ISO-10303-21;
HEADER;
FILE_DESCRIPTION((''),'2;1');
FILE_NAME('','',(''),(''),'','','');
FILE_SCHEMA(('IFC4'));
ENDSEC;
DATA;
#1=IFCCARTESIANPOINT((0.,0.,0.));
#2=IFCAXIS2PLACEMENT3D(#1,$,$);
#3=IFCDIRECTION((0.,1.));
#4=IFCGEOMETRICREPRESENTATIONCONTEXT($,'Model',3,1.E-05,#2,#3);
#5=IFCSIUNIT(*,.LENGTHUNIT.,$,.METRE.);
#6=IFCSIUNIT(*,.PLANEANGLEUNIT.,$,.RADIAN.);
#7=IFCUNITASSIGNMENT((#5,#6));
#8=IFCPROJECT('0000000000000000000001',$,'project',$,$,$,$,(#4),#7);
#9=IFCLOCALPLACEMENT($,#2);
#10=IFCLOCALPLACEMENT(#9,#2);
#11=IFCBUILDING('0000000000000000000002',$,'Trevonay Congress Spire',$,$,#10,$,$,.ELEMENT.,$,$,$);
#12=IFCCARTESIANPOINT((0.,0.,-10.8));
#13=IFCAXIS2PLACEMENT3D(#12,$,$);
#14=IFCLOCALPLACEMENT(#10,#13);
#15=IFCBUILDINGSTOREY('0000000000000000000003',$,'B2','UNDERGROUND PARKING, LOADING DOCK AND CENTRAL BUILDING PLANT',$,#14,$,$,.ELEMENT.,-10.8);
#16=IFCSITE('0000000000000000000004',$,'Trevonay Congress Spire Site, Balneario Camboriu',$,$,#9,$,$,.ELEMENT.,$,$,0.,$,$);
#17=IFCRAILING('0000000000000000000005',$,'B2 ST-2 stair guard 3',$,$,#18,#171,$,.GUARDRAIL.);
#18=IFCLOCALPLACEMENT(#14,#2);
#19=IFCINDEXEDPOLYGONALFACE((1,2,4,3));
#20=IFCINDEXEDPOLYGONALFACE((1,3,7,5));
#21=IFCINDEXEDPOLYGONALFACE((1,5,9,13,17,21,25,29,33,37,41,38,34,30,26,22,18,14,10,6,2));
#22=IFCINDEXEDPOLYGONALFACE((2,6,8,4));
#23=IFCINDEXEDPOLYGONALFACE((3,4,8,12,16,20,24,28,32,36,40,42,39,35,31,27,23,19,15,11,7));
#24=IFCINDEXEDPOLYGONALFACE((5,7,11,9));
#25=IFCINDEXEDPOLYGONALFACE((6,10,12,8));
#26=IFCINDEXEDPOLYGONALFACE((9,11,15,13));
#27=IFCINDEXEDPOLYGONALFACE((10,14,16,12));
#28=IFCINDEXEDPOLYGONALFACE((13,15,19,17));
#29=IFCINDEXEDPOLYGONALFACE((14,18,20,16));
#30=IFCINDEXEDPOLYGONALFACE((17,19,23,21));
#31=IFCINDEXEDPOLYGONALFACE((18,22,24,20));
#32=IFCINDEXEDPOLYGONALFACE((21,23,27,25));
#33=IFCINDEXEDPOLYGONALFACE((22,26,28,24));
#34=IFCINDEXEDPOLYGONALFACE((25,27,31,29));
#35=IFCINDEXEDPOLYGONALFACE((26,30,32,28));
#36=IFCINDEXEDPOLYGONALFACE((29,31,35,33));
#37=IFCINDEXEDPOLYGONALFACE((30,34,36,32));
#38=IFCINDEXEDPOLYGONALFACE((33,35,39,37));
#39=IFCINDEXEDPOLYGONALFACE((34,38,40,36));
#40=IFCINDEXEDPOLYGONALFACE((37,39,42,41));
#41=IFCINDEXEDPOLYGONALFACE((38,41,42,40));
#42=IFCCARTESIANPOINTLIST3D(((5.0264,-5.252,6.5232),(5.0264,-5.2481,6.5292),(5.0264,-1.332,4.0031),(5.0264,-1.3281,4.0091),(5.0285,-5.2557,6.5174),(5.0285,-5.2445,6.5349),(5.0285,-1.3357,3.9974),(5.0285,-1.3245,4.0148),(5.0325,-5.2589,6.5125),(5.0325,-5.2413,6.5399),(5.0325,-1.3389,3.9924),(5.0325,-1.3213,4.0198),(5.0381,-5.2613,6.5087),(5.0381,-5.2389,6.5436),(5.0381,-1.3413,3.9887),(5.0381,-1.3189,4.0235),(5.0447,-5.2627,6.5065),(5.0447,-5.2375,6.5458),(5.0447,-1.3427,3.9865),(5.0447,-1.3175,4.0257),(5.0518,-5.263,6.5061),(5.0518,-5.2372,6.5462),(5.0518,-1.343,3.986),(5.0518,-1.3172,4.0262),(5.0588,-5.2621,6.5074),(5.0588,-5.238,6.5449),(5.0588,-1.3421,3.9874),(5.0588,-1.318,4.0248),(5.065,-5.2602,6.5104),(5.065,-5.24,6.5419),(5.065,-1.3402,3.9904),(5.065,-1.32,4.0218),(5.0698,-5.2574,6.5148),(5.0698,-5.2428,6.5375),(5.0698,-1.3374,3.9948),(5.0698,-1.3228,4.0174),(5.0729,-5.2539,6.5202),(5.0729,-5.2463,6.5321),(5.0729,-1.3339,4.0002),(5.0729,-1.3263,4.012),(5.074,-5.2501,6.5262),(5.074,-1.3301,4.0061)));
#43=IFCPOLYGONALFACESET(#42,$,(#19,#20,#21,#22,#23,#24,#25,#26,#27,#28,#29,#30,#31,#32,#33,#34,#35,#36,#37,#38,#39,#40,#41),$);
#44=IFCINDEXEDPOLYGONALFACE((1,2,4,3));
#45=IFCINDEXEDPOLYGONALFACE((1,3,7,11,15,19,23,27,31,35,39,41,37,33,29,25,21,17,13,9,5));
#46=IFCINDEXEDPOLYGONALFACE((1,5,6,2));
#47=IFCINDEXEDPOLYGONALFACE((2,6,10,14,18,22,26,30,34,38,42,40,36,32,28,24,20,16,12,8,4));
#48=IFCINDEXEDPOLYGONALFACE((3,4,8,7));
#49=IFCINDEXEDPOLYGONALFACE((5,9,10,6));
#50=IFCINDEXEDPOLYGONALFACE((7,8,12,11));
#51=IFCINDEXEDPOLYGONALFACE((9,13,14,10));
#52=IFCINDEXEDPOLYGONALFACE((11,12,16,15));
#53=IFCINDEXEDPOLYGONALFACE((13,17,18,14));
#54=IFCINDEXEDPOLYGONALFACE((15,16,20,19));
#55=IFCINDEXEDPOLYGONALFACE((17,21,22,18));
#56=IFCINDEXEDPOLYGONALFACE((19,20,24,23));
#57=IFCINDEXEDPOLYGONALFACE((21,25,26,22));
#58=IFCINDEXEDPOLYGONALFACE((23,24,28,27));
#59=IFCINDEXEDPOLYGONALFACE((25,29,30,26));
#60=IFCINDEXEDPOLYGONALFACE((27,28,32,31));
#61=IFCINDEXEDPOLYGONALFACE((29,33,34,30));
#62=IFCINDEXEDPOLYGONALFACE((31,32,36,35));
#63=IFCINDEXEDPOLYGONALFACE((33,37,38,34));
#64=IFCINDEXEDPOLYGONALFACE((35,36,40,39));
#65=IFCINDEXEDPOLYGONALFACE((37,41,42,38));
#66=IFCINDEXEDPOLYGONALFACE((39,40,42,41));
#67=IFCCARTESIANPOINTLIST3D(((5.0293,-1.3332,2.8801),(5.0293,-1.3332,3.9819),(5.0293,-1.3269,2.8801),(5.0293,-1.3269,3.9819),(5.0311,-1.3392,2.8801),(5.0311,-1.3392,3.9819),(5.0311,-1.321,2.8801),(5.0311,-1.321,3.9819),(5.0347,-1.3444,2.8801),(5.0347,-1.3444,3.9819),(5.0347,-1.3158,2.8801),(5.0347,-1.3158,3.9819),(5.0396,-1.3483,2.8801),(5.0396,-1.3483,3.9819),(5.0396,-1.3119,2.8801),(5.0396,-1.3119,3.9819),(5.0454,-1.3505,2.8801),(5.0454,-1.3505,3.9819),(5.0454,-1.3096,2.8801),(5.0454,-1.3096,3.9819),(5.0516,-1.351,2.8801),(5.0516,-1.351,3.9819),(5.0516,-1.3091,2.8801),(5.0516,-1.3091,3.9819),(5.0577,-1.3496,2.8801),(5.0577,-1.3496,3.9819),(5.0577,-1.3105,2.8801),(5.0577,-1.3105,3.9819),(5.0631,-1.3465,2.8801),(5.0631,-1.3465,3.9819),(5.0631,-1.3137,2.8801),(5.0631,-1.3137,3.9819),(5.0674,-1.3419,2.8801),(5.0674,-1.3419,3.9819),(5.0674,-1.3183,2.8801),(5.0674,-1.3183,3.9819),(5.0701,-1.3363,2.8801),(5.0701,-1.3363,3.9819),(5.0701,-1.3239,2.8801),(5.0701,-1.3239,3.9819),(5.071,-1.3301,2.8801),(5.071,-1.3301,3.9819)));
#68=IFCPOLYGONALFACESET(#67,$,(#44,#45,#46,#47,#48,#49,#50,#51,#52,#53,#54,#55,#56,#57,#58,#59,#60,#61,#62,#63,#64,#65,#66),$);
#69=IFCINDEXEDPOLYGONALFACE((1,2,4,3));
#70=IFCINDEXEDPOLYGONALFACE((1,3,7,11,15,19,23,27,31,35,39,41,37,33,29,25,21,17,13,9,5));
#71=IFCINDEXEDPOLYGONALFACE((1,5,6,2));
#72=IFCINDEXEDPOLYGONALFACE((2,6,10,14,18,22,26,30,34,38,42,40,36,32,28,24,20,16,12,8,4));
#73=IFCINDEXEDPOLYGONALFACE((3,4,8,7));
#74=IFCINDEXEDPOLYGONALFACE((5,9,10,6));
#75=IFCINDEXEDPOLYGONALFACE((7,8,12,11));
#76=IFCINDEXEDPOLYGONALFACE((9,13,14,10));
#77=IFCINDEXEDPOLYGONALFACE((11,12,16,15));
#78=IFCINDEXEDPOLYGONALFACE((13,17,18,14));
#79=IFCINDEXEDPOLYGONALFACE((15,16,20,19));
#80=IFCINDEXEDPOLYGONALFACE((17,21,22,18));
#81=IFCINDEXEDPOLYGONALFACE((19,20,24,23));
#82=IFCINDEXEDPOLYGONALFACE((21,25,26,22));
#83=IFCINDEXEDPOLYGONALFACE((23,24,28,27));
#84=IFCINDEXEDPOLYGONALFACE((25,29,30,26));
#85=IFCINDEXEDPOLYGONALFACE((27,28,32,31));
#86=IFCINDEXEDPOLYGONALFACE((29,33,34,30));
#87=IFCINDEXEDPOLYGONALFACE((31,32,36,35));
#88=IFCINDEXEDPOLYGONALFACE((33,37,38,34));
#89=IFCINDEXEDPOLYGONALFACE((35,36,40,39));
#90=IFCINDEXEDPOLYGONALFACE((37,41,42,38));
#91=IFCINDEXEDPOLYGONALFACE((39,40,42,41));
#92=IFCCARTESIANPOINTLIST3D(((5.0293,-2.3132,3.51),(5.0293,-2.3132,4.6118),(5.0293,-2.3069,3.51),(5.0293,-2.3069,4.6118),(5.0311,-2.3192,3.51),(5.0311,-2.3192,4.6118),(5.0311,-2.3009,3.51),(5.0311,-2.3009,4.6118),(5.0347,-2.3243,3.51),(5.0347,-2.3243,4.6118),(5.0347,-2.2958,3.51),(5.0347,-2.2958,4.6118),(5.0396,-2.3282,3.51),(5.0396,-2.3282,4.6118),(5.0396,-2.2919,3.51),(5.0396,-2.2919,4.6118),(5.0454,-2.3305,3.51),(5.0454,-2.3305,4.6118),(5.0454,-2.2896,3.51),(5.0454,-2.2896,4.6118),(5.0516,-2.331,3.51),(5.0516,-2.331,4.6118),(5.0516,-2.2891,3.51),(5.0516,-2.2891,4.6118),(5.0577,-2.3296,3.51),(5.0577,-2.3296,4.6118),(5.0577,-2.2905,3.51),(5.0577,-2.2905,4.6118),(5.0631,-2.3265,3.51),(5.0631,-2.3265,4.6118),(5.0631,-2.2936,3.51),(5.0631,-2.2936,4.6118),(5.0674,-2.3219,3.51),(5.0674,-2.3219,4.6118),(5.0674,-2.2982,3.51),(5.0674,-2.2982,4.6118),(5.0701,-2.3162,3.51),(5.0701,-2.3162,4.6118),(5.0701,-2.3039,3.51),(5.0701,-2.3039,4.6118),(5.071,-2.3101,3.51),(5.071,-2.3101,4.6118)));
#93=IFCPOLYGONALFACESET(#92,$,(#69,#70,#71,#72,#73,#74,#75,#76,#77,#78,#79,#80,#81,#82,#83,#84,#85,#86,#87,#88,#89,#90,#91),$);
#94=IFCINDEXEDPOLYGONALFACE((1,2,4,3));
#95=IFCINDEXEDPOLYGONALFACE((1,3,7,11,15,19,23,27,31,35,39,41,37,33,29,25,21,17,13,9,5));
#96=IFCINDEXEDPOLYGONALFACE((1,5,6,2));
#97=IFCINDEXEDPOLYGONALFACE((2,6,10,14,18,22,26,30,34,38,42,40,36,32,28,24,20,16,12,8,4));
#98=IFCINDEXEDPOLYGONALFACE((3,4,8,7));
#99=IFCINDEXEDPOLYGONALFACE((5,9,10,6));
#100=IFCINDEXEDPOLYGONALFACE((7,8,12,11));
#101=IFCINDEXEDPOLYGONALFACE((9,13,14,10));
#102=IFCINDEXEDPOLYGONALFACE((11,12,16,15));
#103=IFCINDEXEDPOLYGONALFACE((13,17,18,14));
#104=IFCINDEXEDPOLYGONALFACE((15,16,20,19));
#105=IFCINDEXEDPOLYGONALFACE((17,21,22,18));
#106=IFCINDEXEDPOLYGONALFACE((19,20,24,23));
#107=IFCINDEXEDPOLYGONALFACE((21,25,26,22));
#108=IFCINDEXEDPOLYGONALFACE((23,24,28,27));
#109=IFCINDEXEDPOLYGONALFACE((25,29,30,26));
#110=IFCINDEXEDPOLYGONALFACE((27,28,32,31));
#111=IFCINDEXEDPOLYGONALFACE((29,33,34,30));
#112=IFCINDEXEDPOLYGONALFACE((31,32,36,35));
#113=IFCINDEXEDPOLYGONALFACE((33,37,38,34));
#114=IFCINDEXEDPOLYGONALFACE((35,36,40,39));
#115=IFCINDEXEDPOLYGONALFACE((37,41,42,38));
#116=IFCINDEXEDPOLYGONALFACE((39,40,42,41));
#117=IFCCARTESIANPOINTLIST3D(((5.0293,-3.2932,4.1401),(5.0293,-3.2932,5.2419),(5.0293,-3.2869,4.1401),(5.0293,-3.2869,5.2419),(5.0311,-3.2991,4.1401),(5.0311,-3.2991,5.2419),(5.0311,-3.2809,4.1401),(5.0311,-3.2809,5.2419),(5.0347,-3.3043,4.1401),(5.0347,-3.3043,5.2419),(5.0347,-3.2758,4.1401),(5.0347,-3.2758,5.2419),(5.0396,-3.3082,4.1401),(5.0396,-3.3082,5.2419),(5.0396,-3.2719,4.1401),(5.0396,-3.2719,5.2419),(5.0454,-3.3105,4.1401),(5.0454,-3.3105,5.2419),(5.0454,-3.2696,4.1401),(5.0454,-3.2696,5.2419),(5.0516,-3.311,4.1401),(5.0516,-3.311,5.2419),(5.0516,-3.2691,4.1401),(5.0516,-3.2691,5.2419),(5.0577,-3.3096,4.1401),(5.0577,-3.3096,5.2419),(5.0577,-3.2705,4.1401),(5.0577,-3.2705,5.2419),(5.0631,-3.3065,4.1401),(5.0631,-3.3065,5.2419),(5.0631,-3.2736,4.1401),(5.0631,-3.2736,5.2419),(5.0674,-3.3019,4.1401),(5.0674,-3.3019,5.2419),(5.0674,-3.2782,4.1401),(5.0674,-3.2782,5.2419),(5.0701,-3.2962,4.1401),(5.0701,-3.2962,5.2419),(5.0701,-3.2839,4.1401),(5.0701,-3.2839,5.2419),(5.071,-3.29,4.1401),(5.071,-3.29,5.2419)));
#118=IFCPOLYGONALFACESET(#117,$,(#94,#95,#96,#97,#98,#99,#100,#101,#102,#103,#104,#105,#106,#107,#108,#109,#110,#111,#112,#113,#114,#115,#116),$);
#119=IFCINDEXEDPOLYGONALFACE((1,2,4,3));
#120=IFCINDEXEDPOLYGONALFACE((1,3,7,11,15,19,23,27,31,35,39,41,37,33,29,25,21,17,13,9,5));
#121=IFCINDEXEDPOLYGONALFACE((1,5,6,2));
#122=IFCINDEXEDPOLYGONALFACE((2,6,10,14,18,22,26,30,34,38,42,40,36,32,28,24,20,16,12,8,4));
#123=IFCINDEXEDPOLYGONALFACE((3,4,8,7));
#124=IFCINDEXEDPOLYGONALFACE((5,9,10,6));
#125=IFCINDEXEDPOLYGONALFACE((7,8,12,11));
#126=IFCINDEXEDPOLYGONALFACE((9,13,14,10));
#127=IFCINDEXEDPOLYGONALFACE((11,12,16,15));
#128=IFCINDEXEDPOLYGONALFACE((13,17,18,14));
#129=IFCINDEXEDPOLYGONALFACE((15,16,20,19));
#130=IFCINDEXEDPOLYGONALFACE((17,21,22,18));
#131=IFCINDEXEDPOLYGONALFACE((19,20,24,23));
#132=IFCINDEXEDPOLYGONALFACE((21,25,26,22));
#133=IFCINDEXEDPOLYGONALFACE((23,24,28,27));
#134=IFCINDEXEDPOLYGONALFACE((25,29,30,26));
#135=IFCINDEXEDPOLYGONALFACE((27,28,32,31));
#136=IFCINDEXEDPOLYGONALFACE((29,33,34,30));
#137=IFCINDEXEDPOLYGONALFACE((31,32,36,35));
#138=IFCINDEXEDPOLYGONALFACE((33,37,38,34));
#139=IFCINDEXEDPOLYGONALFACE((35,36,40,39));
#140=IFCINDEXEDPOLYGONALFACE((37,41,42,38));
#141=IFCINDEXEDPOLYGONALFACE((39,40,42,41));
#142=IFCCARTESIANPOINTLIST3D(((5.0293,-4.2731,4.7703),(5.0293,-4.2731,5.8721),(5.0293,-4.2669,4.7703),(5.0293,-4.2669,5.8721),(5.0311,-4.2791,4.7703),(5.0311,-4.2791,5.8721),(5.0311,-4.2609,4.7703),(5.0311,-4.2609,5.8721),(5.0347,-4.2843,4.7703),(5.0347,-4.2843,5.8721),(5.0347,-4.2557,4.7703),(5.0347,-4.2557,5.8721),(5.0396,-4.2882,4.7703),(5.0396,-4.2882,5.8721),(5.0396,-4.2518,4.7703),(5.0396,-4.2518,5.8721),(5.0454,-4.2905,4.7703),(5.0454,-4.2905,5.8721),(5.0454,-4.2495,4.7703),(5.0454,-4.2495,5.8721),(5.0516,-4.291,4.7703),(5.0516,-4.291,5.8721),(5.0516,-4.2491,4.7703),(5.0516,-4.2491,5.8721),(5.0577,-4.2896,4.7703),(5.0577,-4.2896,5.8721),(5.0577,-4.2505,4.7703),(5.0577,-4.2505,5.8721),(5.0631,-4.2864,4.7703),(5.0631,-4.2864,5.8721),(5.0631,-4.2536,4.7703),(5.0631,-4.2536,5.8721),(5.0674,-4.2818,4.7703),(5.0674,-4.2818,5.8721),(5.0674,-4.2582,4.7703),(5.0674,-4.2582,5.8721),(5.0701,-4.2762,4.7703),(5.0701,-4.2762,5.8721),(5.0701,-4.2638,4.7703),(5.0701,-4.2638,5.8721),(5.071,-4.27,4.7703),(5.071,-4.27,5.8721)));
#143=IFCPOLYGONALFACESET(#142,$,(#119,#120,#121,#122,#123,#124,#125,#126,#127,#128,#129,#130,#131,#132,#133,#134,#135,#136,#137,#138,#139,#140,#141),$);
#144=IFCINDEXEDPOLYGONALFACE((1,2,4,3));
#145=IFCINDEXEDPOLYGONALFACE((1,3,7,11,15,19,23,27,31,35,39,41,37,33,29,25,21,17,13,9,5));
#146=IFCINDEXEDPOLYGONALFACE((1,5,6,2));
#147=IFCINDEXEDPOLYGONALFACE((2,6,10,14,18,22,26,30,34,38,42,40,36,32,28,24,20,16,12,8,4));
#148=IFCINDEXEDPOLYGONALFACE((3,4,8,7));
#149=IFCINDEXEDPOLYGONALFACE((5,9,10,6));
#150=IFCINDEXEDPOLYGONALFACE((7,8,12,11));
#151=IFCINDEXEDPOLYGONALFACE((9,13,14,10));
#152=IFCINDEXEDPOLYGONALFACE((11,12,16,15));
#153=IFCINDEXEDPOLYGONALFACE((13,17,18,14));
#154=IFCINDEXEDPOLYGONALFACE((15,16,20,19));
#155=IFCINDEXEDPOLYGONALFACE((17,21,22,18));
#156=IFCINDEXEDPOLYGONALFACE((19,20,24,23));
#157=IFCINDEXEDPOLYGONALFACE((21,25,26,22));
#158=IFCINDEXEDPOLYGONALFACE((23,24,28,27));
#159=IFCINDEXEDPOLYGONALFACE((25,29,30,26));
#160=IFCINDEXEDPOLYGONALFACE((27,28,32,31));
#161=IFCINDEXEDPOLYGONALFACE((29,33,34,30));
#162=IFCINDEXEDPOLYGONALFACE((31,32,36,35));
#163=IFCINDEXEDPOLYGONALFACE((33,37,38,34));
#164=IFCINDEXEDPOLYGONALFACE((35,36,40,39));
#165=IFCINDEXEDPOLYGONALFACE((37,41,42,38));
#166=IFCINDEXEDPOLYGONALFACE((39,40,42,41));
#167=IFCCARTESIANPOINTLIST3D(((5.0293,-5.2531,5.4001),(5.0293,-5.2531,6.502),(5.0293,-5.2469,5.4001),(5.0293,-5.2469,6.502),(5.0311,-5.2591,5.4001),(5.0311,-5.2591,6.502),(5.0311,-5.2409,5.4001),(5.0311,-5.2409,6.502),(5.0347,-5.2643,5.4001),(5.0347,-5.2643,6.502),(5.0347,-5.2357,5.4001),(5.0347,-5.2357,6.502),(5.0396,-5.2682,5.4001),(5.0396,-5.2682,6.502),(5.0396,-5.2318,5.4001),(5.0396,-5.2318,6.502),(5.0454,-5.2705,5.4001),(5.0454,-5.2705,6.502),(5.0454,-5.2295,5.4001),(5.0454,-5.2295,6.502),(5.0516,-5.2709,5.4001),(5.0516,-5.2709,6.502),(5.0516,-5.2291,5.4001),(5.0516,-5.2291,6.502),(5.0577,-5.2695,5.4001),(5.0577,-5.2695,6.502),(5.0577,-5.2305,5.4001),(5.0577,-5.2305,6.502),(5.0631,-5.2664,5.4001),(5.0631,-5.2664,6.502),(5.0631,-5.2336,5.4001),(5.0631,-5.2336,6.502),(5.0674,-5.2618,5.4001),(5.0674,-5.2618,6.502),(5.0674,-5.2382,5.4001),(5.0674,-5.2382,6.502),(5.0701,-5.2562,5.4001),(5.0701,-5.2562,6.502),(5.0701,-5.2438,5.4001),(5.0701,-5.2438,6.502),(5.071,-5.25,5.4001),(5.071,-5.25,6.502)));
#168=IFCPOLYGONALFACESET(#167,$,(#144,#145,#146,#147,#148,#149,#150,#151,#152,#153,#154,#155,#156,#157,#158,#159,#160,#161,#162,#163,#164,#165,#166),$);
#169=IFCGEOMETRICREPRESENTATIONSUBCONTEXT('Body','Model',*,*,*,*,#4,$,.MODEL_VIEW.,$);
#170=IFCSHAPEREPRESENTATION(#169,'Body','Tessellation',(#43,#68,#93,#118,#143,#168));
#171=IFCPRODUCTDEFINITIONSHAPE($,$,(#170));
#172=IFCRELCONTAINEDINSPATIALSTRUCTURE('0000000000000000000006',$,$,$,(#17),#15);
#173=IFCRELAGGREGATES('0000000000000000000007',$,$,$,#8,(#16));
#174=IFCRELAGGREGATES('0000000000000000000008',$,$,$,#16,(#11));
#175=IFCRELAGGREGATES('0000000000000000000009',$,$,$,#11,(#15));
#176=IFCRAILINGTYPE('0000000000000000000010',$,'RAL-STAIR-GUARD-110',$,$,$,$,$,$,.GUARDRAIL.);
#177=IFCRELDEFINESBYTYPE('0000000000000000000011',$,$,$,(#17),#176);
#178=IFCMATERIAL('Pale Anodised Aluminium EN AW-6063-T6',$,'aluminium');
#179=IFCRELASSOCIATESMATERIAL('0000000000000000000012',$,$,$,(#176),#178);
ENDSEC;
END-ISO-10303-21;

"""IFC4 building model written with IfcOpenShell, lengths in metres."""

from ifc_helpers import new_model, si_unit, direction, frame, origin, origin_2d, place, context, subcontext, project, spatial, circle, extrude, material, type_object, element, save


model = new_model("IFC4")

# Units and contexts
model_context = context("Model", 3, precision=1e-05, world=origin(), true_north=direction((0.0, 1.0)))
body_context = subcontext(model_context, "Body", "Model", "MODEL_VIEW")
ifc_project = project(units=[si_unit("LENGTHUNIT", "METRE"), si_unit("PLANEANGLEUNIT", "RADIAN")], contexts=[model_context])

# Site, building, storey
site_placement = place(None, origin())
site = spatial("IfcSite", under=ifc_project, at=site_placement, Name="Trevonay Congress Spire Site, Balneario Camboriu", CompositionType="ELEMENT", RefElevation=0.0)
building_placement = place(site_placement, origin())
building = spatial("IfcBuilding", under=site, at=building_placement, Name="Trevonay Congress Spire", CompositionType="ELEMENT")
storey_placement = place(building_placement, frame((0.0, 0.0, -10.8)))
storey = spatial("IfcBuildingStorey", under=building, at=storey_placement, Name="B2", Description="UNDERGROUND PARKING, LOADING DOCK AND CENTRAL BUILDING PLANT", CompositionType="ELEMENT", Elevation=-10.8)

# Railing
ifc_material_1 = material(Name="Pale Anodised Aluminium EN AW-6063-T6", Category="aluminium")
railing_type_1 = type_object("IfcRailingType", Name="RAL-STAIR-GUARD-110", PredefinedType="GUARDRAIL", material=ifc_material_1)
railing_1_placement = place(storey_placement, frame((5.05, -1.3301, 2.8801)))
element("IfcRailing", 1, at=railing_1_placement, inside=storey, type_object=railing_type_1, Name="B2 ST-2 stair guard 3", PredefinedType="GUARDRAIL", context=body_context, shape_type="SweptSolid", body=[
    extrude(circle(Radius=0.0239, at=origin_2d()), frame((0.0, 0.0, 1.126), z_axis=(0.0, -0.841172, 0.540768), x_axis=(1.0, 0.0, 0.0)), (0.0, 0.0, 1.0), 4.6602),
    extrude(circle(Radius=0.021, at=origin_2d()), origin(), (0.0, 0.0, 1.0), 1.1018),
    extrude(circle(Radius=0.021, at=origin_2d()), frame((0.0, -0.98, 0.6299)), (0.0, 0.0, 1.0), 1.1018),
    extrude(circle(Radius=0.021, at=origin_2d()), frame((0.0, -1.96, 1.26)), (0.0, 0.0, 1.0), 1.1018),
    extrude(circle(Radius=0.021, at=origin_2d()), frame((0.0, -2.9399, 1.8901)), (0.0, 0.0, 1.0), 1.1018),
    extrude(circle(Radius=0.021, at=origin_2d()), frame((0.0, -3.9199, 2.52)), (0.0, 0.0, 1.0), 1.1018),
])

save(model, "model.ifc")
